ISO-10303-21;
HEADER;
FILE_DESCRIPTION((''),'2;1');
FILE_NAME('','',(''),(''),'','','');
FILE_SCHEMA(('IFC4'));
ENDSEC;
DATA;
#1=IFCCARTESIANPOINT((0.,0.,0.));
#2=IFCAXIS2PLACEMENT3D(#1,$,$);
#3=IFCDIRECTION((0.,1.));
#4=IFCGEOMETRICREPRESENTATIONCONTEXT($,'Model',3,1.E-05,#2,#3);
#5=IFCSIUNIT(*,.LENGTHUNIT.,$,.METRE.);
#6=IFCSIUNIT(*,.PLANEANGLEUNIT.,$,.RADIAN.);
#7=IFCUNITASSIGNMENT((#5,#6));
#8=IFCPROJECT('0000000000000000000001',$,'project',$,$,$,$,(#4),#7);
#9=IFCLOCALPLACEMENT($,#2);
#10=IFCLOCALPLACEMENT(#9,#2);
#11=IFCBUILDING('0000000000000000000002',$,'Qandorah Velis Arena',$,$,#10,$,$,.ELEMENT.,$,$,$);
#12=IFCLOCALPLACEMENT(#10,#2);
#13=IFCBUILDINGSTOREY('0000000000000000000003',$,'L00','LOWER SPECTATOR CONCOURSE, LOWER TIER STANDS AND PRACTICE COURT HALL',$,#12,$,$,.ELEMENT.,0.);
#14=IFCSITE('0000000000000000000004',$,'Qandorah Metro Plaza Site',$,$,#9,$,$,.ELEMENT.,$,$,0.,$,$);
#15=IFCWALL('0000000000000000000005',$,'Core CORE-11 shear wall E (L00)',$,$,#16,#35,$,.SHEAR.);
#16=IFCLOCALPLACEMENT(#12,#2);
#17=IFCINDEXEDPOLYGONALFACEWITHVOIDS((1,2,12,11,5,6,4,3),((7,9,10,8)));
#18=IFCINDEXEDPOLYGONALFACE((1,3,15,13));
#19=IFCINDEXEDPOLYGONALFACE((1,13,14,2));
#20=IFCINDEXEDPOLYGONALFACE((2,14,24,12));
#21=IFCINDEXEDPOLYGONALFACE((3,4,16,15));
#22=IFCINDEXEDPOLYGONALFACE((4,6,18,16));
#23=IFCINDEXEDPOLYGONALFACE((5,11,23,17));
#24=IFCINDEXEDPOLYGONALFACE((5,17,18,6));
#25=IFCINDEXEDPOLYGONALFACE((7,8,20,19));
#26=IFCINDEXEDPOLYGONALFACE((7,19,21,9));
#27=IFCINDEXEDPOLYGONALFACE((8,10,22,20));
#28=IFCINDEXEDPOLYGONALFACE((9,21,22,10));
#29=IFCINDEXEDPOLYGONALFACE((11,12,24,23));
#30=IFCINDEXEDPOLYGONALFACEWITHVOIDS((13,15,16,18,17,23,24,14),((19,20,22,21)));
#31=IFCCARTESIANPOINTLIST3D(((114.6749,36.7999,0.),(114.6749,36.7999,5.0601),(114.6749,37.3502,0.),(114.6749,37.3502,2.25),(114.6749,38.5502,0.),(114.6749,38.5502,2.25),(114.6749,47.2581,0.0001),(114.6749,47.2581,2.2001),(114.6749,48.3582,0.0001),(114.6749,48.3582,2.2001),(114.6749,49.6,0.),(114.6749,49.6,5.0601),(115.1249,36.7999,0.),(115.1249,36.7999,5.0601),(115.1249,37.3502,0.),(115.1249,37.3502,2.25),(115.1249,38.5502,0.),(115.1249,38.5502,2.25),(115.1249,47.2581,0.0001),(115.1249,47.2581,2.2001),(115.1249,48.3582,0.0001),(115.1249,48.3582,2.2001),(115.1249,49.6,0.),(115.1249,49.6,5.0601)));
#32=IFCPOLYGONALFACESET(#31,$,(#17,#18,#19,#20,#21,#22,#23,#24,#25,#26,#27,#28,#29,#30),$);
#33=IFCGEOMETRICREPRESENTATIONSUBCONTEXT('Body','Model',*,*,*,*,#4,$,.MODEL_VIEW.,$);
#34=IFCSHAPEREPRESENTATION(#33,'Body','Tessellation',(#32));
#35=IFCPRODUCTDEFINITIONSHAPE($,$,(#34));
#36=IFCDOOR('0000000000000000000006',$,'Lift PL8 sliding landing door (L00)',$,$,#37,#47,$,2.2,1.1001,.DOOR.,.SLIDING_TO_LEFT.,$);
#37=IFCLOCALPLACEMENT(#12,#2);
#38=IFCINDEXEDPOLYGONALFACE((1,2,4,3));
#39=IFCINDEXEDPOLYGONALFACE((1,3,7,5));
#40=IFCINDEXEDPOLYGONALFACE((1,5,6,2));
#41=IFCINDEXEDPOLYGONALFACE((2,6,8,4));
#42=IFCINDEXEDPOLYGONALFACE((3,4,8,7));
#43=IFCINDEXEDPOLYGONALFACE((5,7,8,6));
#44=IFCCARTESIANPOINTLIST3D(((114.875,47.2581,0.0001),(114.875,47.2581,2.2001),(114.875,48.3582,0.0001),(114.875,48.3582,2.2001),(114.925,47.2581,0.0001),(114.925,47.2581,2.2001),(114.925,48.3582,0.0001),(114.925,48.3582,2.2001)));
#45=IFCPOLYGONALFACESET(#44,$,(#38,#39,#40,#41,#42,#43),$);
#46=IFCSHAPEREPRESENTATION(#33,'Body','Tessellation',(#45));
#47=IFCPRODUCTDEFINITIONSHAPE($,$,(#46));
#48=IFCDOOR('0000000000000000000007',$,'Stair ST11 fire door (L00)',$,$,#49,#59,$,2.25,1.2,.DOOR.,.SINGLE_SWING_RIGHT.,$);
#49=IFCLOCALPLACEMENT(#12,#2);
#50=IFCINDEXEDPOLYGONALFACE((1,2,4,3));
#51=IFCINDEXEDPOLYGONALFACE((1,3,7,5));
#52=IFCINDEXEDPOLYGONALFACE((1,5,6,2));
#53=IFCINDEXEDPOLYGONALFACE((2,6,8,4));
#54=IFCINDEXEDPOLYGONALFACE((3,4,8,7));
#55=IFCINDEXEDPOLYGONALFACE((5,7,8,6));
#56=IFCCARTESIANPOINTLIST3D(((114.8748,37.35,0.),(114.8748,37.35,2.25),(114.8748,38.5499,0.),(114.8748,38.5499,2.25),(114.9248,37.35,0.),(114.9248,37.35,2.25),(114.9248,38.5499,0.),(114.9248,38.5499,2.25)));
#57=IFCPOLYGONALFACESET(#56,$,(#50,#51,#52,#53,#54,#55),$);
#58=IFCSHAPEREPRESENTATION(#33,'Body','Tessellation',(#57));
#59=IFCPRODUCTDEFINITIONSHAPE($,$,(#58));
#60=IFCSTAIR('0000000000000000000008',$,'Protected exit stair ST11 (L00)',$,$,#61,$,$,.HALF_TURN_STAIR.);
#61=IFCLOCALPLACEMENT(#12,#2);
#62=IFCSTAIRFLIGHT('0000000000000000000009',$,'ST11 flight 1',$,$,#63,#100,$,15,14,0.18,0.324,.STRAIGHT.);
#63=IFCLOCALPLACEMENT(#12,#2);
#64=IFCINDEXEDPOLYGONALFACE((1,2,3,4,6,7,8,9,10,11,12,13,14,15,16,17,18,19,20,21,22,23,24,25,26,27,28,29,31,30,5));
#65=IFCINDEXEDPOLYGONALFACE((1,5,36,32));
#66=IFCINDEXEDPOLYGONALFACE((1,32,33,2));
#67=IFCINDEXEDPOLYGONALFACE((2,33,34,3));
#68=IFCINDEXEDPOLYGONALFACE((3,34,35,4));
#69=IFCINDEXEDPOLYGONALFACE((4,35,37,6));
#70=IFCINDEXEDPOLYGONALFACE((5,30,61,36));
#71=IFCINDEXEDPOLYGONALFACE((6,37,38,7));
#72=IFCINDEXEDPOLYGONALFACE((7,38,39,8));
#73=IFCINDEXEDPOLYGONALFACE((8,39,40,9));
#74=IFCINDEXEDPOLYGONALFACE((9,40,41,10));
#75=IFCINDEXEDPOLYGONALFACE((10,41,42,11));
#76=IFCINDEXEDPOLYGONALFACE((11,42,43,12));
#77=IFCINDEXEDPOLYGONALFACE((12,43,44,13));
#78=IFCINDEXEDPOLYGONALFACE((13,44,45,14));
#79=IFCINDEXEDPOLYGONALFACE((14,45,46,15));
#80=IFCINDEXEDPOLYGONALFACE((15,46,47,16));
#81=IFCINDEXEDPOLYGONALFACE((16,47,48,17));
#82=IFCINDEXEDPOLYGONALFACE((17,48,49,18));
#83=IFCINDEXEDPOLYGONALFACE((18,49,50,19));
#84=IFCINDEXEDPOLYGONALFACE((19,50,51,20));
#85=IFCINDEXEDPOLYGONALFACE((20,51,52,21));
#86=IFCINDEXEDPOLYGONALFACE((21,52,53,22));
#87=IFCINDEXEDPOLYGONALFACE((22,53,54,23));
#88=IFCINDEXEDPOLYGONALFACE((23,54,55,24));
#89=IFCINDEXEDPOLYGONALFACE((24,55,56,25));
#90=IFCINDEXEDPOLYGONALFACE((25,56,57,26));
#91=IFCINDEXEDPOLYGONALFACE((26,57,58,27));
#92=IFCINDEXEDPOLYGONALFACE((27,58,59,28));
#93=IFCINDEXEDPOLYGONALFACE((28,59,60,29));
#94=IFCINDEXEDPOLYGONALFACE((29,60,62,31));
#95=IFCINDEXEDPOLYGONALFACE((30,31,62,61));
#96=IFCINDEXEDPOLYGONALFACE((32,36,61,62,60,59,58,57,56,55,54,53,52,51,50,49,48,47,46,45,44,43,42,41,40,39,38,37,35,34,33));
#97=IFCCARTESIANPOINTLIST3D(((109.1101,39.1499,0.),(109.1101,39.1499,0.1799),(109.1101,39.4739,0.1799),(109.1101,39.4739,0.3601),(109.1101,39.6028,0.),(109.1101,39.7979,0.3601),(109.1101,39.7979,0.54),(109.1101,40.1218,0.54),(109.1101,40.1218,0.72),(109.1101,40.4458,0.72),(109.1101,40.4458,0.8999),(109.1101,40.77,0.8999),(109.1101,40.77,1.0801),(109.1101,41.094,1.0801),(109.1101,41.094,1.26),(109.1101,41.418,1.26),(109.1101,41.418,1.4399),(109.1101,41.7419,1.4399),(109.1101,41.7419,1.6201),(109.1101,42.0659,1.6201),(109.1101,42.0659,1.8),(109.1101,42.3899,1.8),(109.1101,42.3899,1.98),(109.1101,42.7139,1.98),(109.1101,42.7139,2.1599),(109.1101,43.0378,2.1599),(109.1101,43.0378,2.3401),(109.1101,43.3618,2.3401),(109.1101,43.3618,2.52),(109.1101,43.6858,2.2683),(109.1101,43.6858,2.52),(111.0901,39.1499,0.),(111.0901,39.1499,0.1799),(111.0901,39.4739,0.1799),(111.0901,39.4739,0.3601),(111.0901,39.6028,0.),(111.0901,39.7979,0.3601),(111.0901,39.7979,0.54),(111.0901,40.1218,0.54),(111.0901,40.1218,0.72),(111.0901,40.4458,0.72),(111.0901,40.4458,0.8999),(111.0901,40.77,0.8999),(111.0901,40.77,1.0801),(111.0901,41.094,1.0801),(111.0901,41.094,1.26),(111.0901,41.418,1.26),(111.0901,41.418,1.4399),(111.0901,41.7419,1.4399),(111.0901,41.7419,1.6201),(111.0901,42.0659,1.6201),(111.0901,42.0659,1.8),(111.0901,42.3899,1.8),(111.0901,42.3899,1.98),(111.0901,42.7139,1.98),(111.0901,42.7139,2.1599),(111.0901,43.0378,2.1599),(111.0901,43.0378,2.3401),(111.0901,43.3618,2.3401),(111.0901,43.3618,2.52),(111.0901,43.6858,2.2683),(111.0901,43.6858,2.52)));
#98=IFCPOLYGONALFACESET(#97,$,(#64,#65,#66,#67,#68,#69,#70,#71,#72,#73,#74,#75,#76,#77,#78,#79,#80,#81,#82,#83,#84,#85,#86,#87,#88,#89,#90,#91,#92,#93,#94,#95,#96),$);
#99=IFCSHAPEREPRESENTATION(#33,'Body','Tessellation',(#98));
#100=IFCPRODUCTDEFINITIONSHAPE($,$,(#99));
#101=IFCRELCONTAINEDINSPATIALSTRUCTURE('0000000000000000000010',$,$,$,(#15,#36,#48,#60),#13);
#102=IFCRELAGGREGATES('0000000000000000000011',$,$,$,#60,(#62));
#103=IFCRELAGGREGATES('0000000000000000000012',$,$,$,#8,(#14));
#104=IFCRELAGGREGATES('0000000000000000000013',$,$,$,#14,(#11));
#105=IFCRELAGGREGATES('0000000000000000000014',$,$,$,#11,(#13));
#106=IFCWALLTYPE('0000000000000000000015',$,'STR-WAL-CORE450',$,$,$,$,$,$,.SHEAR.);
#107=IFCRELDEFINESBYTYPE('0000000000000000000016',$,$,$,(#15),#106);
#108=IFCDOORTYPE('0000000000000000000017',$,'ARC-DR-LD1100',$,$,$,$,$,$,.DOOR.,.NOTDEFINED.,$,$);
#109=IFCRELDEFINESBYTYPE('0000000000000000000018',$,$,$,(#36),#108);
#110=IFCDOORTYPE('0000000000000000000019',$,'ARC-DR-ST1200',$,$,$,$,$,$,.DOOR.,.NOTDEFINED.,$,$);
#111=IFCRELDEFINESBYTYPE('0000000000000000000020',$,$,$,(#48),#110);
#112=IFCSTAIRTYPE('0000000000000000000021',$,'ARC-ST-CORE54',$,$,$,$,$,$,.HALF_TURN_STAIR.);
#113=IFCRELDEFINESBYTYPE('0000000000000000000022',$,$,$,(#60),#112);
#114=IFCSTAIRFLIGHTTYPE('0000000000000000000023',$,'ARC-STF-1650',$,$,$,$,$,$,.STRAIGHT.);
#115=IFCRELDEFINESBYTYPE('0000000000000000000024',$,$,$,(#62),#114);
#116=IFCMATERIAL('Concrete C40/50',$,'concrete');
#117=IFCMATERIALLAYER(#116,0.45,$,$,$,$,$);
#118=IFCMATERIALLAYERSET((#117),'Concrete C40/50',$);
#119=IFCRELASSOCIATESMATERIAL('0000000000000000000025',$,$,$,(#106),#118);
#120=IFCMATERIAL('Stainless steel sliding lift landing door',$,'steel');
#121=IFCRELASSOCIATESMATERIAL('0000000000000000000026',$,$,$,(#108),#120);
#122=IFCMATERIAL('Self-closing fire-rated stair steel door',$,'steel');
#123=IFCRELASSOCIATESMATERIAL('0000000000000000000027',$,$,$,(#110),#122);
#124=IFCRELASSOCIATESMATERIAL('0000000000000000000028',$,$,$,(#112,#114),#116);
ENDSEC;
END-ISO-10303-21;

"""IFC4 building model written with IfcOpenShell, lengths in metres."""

from ifc_helpers import new_model, si_unit, direction, frame, frame_2d, origin, place, context, subcontext, project, spatial, polyline, rectangle, outline, extrude, material, layer, layer_set, type_object, element, fill, aggregate, save


model = new_model("IFC4")

# Units and contexts
model_context = context("Model", 3, precision=1e-05, world=origin(), true_north=direction((0.0, 1.0)))
body_context = subcontext(model_context, "Body", "Model", "MODEL_VIEW")
ifc_project = project(units=[si_unit("LENGTHUNIT", "METRE"), si_unit("PLANEANGLEUNIT", "RADIAN")], contexts=[model_context])

# Site, building, storey
site_placement = place(None, origin())
site = spatial("IfcSite", under=ifc_project, at=site_placement, Name="Qandorah Metro Plaza Site", CompositionType="ELEMENT", RefElevation=0.0)
building_placement = place(site_placement, origin())
building = spatial("IfcBuilding", under=site, at=building_placement, Name="Qandorah Velis Arena", CompositionType="ELEMENT")
storey_placement = place(building_placement, origin())
storey = spatial("IfcBuildingStorey", under=building, at=storey_placement, Name="L00", Description="LOWER SPECTATOR CONCOURSE, LOWER TIER STANDS AND PRACTICE COURT HALL", CompositionType="ELEMENT", Elevation=0.0)

# Shared definitions
ifc_material_1 = material(Name="Concrete C40/50", Category="concrete")

# Shared definitions
ifc_layer_1 = layer(ifc_material_1, 0.45)
ifc_layer_set_1 = layer_set([ifc_layer_1], Name="Concrete C40/50")
wall_type_1 = type_object("IfcWallType", Name="STR-WAL-CORE450", PredefinedType="SHEAR", material=ifc_layer_set_1)

# Wall, openings, doors
wall_1_placement = place(storey_placement, frame((114.8999, 36.8, 0.0), z_axis=(0.0, 0.0, 1.0), x_axis=(0.0, 1.0, 0.0)))
wall_1 = element("IfcWall", 1, at=wall_1_placement, inside=storey, type_object=wall_type_1, Name="Core CORE-11 shear wall E (L00)", PredefinedType="SHEAR", context=body_context, shape_type="SweptSolid", body=[
    extrude(rectangle(XDim=12.8, YDim=0.45, at=frame_2d((6.3999, 0.0))), origin(), (0.0, 0.0, 1.0), 5.0601),
])
opening_1_placement = place(wall_1_placement, frame((0.55, 0.0, 0.0)))
opening_1 = element("IfcOpeningElement", 2, at=opening_1_placement, cuts=wall_1, PredefinedType="OPENING", context=body_context, shape_type="SweptSolid", body=[
    extrude(rectangle(XDim=1.2, YDim=2.25, at=frame_2d((0.6001, 1.125))), frame((0.0, 0.2349, 0.0), z_axis=(0.0, -1.0, 0.0), x_axis=(1.0, 0.0, 0.0)), (0.0, 0.0, 1.0), 0.47),
])
opening_2_placement = place(wall_1_placement, frame((10.458, 0.0, 0.0)))
opening_2 = element("IfcOpeningElement", 3, at=opening_2_placement, cuts=wall_1, PredefinedType="OPENING", context=body_context, shape_type="SweptSolid", body=[
    extrude(rectangle(XDim=1.1001, YDim=2.2, at=frame_2d((0.55, 1.1001))), frame((0.0, 0.2349, 0.0), z_axis=(0.0, -1.0, 0.0), x_axis=(1.0, 0.0, 0.0)), (0.0, 0.0, 1.0), 0.47),
])
ifc_material_2 = material(Name="Stainless steel sliding lift landing door", Category="steel")
door_type_1 = type_object("IfcDoorType", Name="ARC-DR-LD1100", OperationType="NOTDEFINED", PredefinedType="DOOR", material=ifc_material_2)
door_1_placement = place(opening_2_placement, origin())
door_1 = element("IfcDoor", 4, at=door_1_placement, inside=storey, type_object=door_type_1, Name="Lift PL8 sliding landing door (L00)", OperationType="SLIDING_TO_LEFT", OverallHeight=2.2, OverallWidth=1.1001, PredefinedType="DOOR", context=body_context, shape_type="SweptSolid", body=[
    extrude(rectangle(XDim=1.1001, YDim=2.2, at=frame_2d((0.55, 1.1001))), frame((0.0, 0.0249, 0.0), z_axis=(0.0, -1.0, 0.0), x_axis=(1.0, 0.0, 0.0)), (0.0, 0.0, 1.0), 0.05),
])
fill(opening_2, door_1)
ifc_material_3 = material(Name="Self-closing fire-rated stair steel door", Category="steel")
door_type_2 = type_object("IfcDoorType", Name="ARC-DR-ST1200", OperationType="NOTDEFINED", PredefinedType="DOOR", material=ifc_material_3)
door_2_placement = place(opening_1_placement, frame((1.2, 0.0, 0.0), z_axis=(0.0, 0.0, 1.0), x_axis=(-1.0, 0.0, 0.0)))
door_2 = element("IfcDoor", 5, at=door_2_placement, inside=storey, type_object=door_type_2, Name="Stair ST11 fire door (L00)", OperationType="SINGLE_SWING_RIGHT", OverallHeight=2.25, OverallWidth=1.2, PredefinedType="DOOR", context=body_context, shape_type="SweptSolid", body=[
    extrude(rectangle(XDim=1.2, YDim=2.25, at=frame_2d((0.6001, 1.125))), frame((0.0, 0.0249, 0.0), z_axis=(0.0, -1.0, 0.0), x_axis=(1.0, 0.0, 0.0)), (0.0, 0.0, 1.0), 0.05),
])
fill(opening_1, door_2)

# Stair, stair flight
stair_type = type_object("IfcStairType", Name="ARC-ST-CORE54", PredefinedType="HALF_TURN_STAIR", material=ifc_material_1)
stair_placement = place(storey_placement, origin())
stair = element("IfcStair", 6, at=stair_placement, inside=storey, type_object=stair_type, Name="Protected exit stair ST11 (L00)", PredefinedType="HALF_TURN_STAIR")
stair_flight_type = type_object("IfcStairFlightType", Name="ARC-STF-1650", PredefinedType="STRAIGHT", material=ifc_material_1)
stair_flight_placement = place(storey_placement, frame((110.1001, 39.1499, 0.0), z_axis=(0.0, 0.0, 1.0), x_axis=(0.0, 1.0, 0.0)))
stair_flight = element("IfcStairFlight", 7, at=stair_flight_placement, type_object=stair_flight_type, Name="ST11 flight 1", NumberOfRisers=15, NumberOfTreads=14, PredefinedType="STRAIGHT", RiserHeight=0.18, TreadLength=0.324, context=body_context, shape_type="SweptSolid", body=[
    extrude(outline(polyline([(0.0, 0.0), (0.0, 0.1799), (0.324, 0.1799), (0.324, 0.3601), (0.6479, 0.3601), (0.6479, 0.54), (0.9719, 0.54), (0.9719, 0.72), (1.2959, 0.72), (1.2959, 0.8999), (1.6201, 0.8999), (1.6201, 1.0801), (1.9441, 1.0801), (1.9441, 1.26), (2.2681, 1.26), (2.2681, 1.4399), (2.592, 1.4399), (2.592, 1.6201), (2.916, 1.6201), (2.916, 1.8), (3.24, 1.8), (3.24, 1.98), (3.564, 1.98), (3.564, 2.1599), (3.8879, 2.1599), (3.8879, 2.3401), (4.2119, 2.3401), (4.2119, 2.52), (4.5359, 2.52), (4.5359, 2.7), (4.5359, 2.2683), (0.4529, 0.0), (0.0, 0.0)])), frame((0.0, 0.99, 0.0), z_axis=(0.0, -1.0, 0.0), x_axis=(1.0, 0.0, 0.0)), (0.0, 0.0, 1.0), 1.98),
])
aggregate(stair, [stair_flight])

save(model, "model.ifc")
